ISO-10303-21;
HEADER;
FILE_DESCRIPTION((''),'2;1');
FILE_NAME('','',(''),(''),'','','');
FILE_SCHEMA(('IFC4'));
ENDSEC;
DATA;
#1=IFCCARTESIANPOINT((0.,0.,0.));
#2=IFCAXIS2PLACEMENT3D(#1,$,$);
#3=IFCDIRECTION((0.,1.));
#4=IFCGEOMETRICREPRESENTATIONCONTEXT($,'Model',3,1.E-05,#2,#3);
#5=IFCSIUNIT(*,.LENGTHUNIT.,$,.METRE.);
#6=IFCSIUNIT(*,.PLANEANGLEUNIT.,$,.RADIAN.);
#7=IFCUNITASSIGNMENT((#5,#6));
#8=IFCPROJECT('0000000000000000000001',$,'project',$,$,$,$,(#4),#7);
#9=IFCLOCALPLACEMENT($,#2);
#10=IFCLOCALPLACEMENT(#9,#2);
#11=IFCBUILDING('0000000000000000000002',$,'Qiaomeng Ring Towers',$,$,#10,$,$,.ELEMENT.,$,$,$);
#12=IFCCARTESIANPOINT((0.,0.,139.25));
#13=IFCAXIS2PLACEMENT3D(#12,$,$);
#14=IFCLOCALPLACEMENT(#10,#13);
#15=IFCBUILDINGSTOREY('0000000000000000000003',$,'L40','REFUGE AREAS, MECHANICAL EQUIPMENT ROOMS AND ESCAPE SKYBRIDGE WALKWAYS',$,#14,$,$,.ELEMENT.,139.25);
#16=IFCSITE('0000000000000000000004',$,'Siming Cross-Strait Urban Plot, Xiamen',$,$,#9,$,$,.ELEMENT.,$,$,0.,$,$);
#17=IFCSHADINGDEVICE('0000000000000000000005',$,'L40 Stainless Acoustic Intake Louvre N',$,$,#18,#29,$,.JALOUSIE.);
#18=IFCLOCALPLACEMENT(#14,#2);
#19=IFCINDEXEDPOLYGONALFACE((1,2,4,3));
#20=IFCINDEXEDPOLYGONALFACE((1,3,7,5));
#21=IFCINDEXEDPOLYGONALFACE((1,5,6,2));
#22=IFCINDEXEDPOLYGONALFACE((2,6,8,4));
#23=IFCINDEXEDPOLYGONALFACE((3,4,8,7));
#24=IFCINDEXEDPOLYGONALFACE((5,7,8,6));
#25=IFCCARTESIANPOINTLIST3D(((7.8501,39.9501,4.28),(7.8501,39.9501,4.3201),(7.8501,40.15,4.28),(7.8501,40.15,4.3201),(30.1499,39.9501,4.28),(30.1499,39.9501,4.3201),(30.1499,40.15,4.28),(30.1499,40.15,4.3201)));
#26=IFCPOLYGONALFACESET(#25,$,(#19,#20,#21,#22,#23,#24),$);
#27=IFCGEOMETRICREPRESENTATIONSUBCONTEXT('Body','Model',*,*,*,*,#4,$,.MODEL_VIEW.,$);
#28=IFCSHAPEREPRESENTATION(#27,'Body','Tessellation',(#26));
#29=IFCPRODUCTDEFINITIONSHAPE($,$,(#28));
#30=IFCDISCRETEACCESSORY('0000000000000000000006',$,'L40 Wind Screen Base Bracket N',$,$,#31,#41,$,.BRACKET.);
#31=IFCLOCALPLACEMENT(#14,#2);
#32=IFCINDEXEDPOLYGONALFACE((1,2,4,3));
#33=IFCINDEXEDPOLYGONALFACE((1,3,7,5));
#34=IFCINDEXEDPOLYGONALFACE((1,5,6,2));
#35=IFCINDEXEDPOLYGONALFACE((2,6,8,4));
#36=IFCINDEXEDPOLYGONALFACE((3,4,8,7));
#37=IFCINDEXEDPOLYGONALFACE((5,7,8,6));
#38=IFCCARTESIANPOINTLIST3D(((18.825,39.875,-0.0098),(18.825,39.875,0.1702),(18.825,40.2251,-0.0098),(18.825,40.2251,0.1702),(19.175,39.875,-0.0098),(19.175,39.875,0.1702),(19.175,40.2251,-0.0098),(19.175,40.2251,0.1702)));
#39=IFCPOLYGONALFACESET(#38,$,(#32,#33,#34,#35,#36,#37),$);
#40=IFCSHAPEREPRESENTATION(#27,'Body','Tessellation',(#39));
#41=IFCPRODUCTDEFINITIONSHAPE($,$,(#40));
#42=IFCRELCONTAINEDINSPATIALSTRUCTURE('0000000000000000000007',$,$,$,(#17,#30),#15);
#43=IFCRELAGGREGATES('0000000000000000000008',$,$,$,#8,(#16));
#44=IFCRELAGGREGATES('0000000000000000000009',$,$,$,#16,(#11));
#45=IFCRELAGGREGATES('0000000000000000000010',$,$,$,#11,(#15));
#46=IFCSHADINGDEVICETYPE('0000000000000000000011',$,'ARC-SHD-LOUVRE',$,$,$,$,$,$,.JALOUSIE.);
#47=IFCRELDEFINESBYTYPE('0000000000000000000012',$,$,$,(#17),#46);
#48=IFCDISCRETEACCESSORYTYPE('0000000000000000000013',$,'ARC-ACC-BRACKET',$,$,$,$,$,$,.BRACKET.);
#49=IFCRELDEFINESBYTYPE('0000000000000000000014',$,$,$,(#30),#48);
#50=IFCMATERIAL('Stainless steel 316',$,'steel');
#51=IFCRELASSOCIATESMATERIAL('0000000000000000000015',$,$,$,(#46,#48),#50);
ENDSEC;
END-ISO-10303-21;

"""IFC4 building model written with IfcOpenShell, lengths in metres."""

from ifc_helpers import new_model, si_unit, direction, frame, origin, origin_2d, place, context, subcontext, project, spatial, rectangle, extrude, source, transform, mapped, material, material_profile, profile_set, type_object, element, save


model = new_model("IFC4")

# Units and contexts
model_context = context("Model", 3, precision=1e-05, world=origin(), true_north=direction((0.0, 1.0)))
body_context = subcontext(model_context, "Body", "Model", "MODEL_VIEW")
ifc_project = project(units=[si_unit("LENGTHUNIT", "METRE"), si_unit("PLANEANGLEUNIT", "RADIAN")], contexts=[model_context])

# Site, building, storey
site_placement = place(None, origin())
site = spatial("IfcSite", under=ifc_project, at=site_placement, Name="Siming Cross-Strait Urban Plot, Xiamen", CompositionType="ELEMENT", RefElevation=0.0)
building_placement = place(site_placement, origin())
building = spatial("IfcBuilding", under=site, at=building_placement, Name="Qiaomeng Ring Towers", CompositionType="ELEMENT")
storey_placement = place(building_placement, frame((0.0, 0.0, 139.25)))
storey = spatial("IfcBuildingStorey", under=building, at=storey_placement, Name="L40", Description="REFUGE AREAS, MECHANICAL EQUIPMENT ROOMS AND ESCAPE SKYBRIDGE WALKWAYS", CompositionType="ELEMENT", Elevation=139.25)

# Shared definitions
ifc_material_1 = material(Name="Stainless steel 316", Category="steel")

# Shading device
ifc_material_profile_1 = material_profile(ifc_material_1, rectangle(XDim=0.2, YDim=0.04, at=origin_2d()), Name="LV BLADE 200x40")
ifc_profile_set_1 = profile_set([ifc_material_profile_1], Name="Stainless steel 316")
shading_device_type = type_object("IfcShadingDeviceType", Name="ARC-SHD-LOUVRE", PredefinedType="JALOUSIE", material=ifc_profile_set_1)
shared_shape_1 = source(origin(), body_context, "Body", "SweptSolid", [
    extrude(rectangle(XDim=0.2, YDim=0.04, at=origin_2d()), origin(), (0.0, 0.0, 1.0), 22.2998),
])
shading_device_placement = place(storey_placement, frame((30.1499, 40.05, 4.3), z_axis=(-1.0, 0.0, 0.0), x_axis=(0.0, -1.0, 0.0)))
element("IfcShadingDevice", 1, at=shading_device_placement, inside=storey, type_object=shading_device_type, Name="L40 Stainless Acoustic Intake Louvre N", PredefinedType="JALOUSIE", context=body_context, shape_type="MappedRepresentation", body=[
    mapped(shared_shape_1, transform((0.0, 0.0, 0.0), x_axis=(1.0, 0.0, 0.0), y_axis=(0.0, 1.0, 0.0), z_axis=(0.0, 0.0, 1.0), scale=1.0)),
])

# Discrete accessory
discrete_accessory_type = type_object("IfcDiscreteAccessoryType", Name="ARC-ACC-BRACKET", PredefinedType="BRACKET", material=ifc_material_1)
shared_shape_2 = source(origin(), body_context, "Body", "SweptSolid", [
    extrude(rectangle(XDim=0.3501, YDim=0.3501, at=origin_2d()), origin(), (0.0, 0.0, 1.0), 0.1799),
])
discrete_accessory_placement = place(storey_placement, frame((19.0, 40.05, -0.0098), z_axis=(0.0, 0.0, 1.0), x_axis=(-1.0, 0.0, 0.0)))
element("IfcDiscreteAccessory", 2, at=discrete_accessory_placement, inside=storey, type_object=discrete_accessory_type, Name="L40 Wind Screen Base Bracket N", PredefinedType="BRACKET", context=body_context, shape_type="MappedRepresentation", body=[
    mapped(shared_shape_2, transform((0.0, 0.0, 0.0), x_axis=(1.0, 0.0, 0.0), y_axis=(0.0, 1.0, 0.0), z_axis=(0.0, 0.0, 1.0), scale=1.0)),
])

save(model, "model.ifc")
